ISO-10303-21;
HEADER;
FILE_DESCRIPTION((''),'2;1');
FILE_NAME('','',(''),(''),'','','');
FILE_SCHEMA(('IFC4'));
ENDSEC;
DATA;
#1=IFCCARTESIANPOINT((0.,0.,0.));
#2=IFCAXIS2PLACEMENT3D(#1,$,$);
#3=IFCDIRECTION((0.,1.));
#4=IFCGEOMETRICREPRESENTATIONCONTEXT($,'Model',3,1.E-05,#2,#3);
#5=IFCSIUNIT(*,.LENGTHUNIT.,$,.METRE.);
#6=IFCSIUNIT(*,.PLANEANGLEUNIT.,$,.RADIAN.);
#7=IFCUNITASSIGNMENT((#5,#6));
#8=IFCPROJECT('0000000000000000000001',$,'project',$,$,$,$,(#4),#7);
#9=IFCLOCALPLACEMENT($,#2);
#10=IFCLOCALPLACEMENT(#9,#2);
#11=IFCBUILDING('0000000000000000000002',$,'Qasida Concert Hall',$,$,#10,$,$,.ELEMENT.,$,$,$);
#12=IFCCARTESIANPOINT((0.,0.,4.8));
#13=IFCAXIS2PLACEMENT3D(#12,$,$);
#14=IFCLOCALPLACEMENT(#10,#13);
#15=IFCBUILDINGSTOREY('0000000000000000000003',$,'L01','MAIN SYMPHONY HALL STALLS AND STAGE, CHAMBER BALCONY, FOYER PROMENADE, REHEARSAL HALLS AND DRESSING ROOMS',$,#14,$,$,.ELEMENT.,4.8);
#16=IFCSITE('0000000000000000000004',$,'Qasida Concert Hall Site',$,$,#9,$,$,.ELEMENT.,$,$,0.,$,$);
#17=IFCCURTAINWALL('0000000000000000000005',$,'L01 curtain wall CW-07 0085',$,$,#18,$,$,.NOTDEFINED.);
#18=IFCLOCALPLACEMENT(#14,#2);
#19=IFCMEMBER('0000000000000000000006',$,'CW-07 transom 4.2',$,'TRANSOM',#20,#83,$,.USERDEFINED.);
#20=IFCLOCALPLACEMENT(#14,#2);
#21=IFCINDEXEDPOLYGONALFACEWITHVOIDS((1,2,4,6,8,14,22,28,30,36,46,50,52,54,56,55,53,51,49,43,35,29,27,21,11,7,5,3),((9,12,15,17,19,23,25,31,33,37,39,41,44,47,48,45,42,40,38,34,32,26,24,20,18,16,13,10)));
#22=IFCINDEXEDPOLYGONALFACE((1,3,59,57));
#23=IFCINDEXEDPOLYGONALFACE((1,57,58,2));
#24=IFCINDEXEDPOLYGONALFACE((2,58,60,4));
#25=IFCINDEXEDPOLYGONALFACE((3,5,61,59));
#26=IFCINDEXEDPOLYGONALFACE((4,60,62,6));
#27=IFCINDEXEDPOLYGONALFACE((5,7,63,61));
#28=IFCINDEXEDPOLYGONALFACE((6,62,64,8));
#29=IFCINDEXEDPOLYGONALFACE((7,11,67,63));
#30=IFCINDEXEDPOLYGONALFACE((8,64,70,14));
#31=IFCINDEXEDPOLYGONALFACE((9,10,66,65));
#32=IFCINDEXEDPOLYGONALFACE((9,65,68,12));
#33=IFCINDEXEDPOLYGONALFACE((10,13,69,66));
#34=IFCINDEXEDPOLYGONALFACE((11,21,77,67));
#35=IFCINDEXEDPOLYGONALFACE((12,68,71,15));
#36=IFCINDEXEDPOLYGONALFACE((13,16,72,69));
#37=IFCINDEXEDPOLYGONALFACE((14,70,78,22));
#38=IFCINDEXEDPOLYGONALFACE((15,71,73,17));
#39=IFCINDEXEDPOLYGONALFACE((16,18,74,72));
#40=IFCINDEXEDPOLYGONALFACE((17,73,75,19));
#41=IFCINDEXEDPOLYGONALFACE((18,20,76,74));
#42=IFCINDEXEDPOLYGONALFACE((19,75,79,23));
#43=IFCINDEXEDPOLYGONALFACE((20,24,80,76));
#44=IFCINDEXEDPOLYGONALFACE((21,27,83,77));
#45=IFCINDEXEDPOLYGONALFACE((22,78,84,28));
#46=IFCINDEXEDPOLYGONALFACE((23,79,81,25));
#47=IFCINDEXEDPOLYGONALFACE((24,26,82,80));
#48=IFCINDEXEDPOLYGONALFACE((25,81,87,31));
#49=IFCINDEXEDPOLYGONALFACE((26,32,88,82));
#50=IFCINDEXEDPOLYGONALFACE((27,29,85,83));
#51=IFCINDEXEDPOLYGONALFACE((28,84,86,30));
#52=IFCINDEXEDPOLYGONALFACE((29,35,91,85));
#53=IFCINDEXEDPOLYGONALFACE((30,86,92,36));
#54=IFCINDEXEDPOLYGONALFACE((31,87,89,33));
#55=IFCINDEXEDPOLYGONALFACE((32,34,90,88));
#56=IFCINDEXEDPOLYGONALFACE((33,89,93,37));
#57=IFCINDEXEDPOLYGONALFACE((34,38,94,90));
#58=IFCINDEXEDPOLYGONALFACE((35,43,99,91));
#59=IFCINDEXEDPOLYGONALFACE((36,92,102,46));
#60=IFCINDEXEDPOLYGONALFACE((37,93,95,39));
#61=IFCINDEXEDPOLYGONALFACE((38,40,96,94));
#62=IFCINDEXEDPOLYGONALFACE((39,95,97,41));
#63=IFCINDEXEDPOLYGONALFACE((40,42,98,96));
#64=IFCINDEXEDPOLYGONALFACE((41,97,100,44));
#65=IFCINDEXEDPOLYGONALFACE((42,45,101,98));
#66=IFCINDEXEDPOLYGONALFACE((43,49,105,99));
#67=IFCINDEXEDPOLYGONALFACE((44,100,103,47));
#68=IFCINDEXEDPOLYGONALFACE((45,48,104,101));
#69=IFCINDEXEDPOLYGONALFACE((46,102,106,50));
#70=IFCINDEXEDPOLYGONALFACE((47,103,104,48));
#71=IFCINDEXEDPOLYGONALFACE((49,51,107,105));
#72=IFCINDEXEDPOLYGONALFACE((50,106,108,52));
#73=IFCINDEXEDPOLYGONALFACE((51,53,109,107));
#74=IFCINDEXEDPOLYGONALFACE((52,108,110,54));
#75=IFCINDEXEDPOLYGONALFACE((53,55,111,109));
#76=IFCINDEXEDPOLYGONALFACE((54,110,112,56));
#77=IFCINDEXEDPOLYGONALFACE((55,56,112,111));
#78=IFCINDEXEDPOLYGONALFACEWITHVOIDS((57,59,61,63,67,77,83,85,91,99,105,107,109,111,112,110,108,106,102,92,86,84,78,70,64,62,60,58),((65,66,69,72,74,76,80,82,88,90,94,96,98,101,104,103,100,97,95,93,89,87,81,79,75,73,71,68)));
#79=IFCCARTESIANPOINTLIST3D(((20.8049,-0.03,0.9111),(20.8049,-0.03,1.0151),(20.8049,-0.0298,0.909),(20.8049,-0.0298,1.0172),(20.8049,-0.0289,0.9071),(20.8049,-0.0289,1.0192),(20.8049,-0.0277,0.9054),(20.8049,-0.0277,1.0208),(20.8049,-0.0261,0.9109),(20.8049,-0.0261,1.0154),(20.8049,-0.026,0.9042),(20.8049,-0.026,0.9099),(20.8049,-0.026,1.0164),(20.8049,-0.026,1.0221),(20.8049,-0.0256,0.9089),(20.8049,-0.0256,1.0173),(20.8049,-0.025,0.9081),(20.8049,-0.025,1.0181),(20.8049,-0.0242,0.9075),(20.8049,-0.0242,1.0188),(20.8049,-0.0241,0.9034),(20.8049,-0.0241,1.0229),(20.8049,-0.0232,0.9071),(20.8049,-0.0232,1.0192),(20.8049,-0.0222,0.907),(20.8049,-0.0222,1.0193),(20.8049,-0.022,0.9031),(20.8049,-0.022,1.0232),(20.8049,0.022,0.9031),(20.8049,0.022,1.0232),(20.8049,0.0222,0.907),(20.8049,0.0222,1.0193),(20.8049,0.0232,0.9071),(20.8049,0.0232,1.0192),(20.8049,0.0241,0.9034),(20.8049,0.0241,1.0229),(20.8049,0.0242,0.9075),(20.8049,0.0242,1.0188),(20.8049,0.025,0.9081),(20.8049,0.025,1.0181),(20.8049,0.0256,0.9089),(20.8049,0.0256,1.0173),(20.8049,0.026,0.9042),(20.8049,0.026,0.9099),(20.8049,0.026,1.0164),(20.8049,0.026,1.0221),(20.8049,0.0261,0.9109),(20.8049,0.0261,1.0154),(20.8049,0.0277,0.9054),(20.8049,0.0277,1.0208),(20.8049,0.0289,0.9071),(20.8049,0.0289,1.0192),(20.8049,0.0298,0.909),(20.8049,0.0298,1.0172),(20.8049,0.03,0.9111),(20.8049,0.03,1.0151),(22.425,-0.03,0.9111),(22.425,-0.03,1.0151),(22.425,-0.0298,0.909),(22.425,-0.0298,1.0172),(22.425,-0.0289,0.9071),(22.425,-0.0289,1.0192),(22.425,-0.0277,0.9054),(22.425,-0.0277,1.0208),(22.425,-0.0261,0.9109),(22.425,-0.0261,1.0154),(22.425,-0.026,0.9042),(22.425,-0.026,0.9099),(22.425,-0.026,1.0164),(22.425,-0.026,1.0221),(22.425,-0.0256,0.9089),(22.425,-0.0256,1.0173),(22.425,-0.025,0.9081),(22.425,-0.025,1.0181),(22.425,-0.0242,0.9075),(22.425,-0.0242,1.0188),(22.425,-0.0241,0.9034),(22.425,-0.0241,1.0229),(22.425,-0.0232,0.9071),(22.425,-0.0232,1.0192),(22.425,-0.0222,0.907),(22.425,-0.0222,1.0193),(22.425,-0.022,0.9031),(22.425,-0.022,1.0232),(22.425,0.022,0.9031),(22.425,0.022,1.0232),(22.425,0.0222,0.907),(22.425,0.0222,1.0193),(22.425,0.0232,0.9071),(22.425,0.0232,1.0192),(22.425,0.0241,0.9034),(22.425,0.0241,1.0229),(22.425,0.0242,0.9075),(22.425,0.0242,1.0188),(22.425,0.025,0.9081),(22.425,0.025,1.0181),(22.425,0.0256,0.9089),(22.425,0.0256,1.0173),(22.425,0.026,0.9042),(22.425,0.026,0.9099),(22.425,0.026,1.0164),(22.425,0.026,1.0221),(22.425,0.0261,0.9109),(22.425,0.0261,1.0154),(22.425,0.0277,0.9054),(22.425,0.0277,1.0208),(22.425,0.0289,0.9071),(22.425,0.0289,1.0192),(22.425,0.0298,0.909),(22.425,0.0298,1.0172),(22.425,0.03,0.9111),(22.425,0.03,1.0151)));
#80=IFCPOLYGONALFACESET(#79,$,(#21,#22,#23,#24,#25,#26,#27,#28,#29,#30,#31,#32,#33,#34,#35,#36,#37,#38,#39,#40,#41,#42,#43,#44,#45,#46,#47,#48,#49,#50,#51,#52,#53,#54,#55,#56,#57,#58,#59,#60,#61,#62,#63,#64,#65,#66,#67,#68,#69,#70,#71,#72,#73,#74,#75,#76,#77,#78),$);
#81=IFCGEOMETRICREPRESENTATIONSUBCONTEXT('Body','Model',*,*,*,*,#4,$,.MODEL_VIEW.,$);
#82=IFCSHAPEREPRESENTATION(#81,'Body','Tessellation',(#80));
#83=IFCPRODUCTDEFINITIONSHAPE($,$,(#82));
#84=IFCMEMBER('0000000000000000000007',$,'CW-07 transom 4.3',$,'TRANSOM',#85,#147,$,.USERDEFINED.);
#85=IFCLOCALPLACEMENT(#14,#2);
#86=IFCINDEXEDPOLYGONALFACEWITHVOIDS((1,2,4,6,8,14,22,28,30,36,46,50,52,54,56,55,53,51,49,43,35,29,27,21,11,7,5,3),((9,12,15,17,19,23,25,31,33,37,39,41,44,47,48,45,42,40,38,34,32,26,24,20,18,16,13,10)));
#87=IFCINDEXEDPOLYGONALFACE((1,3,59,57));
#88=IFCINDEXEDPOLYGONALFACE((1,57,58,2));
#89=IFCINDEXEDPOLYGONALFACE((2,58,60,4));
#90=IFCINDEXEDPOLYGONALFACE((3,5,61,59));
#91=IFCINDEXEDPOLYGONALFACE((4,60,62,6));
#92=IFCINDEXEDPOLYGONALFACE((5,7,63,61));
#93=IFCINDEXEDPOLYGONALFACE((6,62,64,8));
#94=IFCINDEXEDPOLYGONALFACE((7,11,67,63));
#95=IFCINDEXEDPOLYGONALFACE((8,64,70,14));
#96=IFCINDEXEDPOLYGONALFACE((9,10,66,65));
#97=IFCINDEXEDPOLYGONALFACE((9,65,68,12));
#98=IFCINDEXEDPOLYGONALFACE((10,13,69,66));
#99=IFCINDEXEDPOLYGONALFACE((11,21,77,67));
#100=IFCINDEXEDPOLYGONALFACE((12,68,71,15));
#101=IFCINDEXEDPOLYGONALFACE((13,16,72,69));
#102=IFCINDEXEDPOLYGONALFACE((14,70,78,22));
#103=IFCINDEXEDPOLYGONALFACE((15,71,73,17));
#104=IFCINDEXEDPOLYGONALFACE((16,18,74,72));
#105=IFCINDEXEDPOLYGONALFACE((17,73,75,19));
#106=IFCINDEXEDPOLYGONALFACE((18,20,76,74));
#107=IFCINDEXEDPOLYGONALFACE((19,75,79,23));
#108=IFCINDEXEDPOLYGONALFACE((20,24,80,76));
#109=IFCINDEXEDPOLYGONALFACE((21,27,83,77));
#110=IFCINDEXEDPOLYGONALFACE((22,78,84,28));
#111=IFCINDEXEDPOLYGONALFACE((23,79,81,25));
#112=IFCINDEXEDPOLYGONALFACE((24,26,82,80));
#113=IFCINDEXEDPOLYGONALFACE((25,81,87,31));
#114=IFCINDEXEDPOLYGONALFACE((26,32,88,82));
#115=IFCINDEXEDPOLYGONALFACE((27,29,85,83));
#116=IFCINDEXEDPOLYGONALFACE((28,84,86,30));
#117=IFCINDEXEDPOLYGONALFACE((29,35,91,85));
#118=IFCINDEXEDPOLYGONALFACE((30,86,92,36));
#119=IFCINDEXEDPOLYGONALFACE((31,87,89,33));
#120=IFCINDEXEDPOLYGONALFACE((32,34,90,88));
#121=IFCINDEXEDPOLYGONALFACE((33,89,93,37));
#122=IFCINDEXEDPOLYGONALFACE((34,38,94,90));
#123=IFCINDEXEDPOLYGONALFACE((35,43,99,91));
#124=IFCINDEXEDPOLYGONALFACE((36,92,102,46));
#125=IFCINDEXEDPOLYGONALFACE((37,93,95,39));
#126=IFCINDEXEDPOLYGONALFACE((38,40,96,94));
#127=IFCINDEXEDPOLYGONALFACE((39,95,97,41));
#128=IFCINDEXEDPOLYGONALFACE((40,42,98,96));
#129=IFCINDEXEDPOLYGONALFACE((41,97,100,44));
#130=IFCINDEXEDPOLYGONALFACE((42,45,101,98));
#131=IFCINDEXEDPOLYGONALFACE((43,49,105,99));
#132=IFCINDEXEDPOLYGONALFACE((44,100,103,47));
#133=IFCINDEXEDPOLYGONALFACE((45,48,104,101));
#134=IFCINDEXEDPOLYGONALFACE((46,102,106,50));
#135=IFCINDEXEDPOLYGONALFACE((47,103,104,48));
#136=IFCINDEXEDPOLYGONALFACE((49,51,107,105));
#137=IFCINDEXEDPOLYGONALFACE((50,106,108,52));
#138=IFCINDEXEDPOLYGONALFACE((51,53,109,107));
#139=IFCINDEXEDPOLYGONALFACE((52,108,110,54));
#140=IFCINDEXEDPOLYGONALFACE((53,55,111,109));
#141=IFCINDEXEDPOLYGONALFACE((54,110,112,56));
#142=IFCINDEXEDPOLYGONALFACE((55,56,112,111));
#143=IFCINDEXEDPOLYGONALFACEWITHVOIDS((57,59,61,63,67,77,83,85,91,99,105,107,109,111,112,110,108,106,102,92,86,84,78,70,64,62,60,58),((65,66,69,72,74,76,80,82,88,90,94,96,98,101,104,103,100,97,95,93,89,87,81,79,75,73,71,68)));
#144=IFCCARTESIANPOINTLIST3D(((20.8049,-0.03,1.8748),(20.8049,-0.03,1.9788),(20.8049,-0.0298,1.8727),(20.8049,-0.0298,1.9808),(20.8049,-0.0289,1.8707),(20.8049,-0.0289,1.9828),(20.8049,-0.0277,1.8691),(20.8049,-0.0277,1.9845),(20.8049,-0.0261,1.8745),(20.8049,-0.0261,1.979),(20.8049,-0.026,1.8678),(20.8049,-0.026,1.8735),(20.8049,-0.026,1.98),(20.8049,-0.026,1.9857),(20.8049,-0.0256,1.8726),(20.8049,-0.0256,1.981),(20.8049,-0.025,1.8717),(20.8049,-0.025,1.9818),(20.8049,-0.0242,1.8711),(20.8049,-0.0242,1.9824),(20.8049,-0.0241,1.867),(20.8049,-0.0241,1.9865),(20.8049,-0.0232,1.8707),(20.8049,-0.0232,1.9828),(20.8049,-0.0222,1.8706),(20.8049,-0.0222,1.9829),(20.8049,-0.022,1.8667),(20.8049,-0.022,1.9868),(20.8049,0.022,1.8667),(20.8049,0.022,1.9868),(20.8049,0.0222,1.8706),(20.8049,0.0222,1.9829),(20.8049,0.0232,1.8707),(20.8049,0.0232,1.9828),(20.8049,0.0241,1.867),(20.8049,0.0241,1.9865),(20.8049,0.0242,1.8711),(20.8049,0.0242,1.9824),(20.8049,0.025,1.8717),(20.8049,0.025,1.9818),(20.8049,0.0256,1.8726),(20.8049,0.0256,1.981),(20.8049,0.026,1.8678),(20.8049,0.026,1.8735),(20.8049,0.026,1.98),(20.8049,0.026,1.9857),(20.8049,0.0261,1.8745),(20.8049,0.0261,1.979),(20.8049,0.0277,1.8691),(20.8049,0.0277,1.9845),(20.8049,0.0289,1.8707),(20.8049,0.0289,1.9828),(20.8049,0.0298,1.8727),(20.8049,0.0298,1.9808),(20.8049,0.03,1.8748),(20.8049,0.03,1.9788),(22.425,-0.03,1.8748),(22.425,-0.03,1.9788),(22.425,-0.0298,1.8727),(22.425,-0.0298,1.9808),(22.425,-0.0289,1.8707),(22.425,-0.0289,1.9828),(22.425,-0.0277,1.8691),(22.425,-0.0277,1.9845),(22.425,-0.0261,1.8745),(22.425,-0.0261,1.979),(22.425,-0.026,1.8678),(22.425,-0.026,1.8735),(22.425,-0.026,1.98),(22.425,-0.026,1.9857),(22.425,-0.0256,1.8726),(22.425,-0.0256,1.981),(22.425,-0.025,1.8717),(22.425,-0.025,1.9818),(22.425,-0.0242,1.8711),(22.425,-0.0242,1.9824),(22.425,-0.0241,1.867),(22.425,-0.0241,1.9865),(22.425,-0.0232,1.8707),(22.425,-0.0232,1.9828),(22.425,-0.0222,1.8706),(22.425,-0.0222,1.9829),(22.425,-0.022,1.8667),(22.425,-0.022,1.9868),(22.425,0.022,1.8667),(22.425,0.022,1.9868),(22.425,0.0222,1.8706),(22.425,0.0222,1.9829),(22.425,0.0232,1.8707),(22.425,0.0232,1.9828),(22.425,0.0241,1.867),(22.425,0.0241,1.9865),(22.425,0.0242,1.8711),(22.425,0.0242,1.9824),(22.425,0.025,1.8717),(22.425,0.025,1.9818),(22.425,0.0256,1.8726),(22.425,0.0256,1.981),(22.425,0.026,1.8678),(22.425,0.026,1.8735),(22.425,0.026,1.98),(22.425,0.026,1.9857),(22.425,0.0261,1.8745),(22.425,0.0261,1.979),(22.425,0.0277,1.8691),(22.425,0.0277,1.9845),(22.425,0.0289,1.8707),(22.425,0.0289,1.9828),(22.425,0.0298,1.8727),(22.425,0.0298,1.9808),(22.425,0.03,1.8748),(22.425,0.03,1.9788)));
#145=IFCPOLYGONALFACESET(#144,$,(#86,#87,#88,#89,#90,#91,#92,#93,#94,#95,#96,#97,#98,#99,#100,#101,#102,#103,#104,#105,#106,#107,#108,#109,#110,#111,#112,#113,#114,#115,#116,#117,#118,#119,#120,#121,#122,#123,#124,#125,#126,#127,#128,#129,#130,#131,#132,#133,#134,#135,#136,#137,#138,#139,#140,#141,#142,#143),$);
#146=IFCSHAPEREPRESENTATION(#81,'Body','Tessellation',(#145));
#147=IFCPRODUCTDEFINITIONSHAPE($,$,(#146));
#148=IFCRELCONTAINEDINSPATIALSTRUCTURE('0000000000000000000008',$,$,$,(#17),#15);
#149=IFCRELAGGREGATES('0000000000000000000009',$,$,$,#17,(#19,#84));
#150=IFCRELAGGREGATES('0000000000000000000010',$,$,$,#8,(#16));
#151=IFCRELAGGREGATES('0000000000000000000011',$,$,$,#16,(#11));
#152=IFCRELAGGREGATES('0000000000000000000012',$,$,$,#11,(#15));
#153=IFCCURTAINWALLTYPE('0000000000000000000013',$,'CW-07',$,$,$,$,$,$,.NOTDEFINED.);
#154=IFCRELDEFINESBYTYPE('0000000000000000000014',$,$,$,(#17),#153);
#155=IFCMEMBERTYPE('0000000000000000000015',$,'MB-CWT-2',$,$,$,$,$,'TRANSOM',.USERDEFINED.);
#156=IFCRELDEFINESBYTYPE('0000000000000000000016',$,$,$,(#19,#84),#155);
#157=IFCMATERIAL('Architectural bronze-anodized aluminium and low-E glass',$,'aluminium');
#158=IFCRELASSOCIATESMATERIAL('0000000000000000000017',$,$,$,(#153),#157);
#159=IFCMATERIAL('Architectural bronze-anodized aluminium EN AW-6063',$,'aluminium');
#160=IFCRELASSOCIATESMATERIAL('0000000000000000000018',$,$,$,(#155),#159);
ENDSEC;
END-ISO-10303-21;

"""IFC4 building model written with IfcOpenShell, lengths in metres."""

from ifc_helpers import new_model, si_unit, direction, frame, origin, origin_2d, place, context, subcontext, project, spatial, hollow_rectangle, extrude, material, material_profile, profile_set, type_object, element, aggregate, save


model = new_model("IFC4")

# Units and contexts
model_context = context("Model", 3, precision=1e-05, world=origin(), true_north=direction((0.0, 1.0)))
body_context = subcontext(model_context, "Body", "Model", "MODEL_VIEW")
ifc_project = project(units=[si_unit("LENGTHUNIT", "METRE"), si_unit("PLANEANGLEUNIT", "RADIAN")], contexts=[model_context])

# Site, building, storey
site_placement = place(None, origin())
site = spatial("IfcSite", under=ifc_project, at=site_placement, Name="Qasida Concert Hall Site", CompositionType="ELEMENT", RefElevation=0.0)
building_placement = place(site_placement, origin())
building = spatial("IfcBuilding", under=site, at=building_placement, Name="Qasida Concert Hall", CompositionType="ELEMENT")
storey_placement = place(building_placement, frame((0.0, 0.0, 4.8)))
storey = spatial("IfcBuildingStorey", under=building, at=storey_placement, Name="L01", Description="MAIN SYMPHONY HALL STALLS AND STAGE, CHAMBER BALCONY, FOYER PROMENADE, REHEARSAL HALLS AND DRESSING ROOMS", CompositionType="ELEMENT", Elevation=4.8)

# Curtain wall, members
ifc_material_1 = material(Name="Architectural bronze-anodized aluminium and low-E glass", Category="aluminium")
curtain_wall_type = type_object("IfcCurtainWallType", Name="CW-07", PredefinedType="NOTDEFINED", material=ifc_material_1)
curtain_wall_placement = place(storey_placement, origin())
curtain_wall = element("IfcCurtainWall", 1, at=curtain_wall_placement, inside=storey, type_object=curtain_wall_type, Name="L01 curtain wall CW-07 0085", PredefinedType="NOTDEFINED")
ifc_material_2 = material(Name="Architectural bronze-anodized aluminium EN AW-6063", Category="aluminium")
ifc_material_profile_1 = material_profile(ifc_material_2, hollow_rectangle(XDim=0.0601, YDim=0.1201, WallThickness=0.0039, InnerFilletRadius=0.0039, OuterFilletRadius=0.0081, at=origin_2d()), Name="CWT 120x60x4")
ifc_profile_set_1 = profile_set([ifc_material_profile_1], Name="Architectural bronze-anodized aluminium EN AW-6063")
member_type_1 = type_object("IfcMemberType", Name="MB-CWT-2", ElementType="TRANSOM", PredefinedType="USERDEFINED", material=ifc_profile_set_1)
member_1_placement = place(storey_placement, frame((20.8049, 0.0, 0.9631), z_axis=(1.0, 0.0, 0.0), x_axis=(0.0, 1.0, 0.0)))
member_1 = element("IfcMember", 2, at=member_1_placement, type_object=member_type_1, Name="CW-07 transom 4.2", ObjectType="TRANSOM", PredefinedType="USERDEFINED", context=body_context, shape_type="SweptSolid", body=[
    extrude(hollow_rectangle(XDim=0.0601, YDim=0.1201, WallThickness=0.0039, InnerFilletRadius=0.0039, OuterFilletRadius=0.0081, at=origin_2d()), origin(), (0.0, 0.0, 1.0), 1.6201),
])
member_2_placement = place(storey_placement, frame((20.8049, 0.0, 1.9268), z_axis=(1.0, 0.0, 0.0), x_axis=(0.0, 1.0, 0.0)))
member_2 = element("IfcMember", 3, at=member_2_placement, type_object=member_type_1, Name="CW-07 transom 4.3", ObjectType="TRANSOM", PredefinedType="USERDEFINED", context=body_context, shape_type="SweptSolid", body=[
    extrude(hollow_rectangle(XDim=0.0601, YDim=0.1201, WallThickness=0.0039, InnerFilletRadius=0.0039, OuterFilletRadius=0.0081, at=origin_2d()), origin(), (0.0, 0.0, 1.0), 1.6201),
])
aggregate(curtain_wall, [member_1, member_2])

save(model, "model.ifc")
